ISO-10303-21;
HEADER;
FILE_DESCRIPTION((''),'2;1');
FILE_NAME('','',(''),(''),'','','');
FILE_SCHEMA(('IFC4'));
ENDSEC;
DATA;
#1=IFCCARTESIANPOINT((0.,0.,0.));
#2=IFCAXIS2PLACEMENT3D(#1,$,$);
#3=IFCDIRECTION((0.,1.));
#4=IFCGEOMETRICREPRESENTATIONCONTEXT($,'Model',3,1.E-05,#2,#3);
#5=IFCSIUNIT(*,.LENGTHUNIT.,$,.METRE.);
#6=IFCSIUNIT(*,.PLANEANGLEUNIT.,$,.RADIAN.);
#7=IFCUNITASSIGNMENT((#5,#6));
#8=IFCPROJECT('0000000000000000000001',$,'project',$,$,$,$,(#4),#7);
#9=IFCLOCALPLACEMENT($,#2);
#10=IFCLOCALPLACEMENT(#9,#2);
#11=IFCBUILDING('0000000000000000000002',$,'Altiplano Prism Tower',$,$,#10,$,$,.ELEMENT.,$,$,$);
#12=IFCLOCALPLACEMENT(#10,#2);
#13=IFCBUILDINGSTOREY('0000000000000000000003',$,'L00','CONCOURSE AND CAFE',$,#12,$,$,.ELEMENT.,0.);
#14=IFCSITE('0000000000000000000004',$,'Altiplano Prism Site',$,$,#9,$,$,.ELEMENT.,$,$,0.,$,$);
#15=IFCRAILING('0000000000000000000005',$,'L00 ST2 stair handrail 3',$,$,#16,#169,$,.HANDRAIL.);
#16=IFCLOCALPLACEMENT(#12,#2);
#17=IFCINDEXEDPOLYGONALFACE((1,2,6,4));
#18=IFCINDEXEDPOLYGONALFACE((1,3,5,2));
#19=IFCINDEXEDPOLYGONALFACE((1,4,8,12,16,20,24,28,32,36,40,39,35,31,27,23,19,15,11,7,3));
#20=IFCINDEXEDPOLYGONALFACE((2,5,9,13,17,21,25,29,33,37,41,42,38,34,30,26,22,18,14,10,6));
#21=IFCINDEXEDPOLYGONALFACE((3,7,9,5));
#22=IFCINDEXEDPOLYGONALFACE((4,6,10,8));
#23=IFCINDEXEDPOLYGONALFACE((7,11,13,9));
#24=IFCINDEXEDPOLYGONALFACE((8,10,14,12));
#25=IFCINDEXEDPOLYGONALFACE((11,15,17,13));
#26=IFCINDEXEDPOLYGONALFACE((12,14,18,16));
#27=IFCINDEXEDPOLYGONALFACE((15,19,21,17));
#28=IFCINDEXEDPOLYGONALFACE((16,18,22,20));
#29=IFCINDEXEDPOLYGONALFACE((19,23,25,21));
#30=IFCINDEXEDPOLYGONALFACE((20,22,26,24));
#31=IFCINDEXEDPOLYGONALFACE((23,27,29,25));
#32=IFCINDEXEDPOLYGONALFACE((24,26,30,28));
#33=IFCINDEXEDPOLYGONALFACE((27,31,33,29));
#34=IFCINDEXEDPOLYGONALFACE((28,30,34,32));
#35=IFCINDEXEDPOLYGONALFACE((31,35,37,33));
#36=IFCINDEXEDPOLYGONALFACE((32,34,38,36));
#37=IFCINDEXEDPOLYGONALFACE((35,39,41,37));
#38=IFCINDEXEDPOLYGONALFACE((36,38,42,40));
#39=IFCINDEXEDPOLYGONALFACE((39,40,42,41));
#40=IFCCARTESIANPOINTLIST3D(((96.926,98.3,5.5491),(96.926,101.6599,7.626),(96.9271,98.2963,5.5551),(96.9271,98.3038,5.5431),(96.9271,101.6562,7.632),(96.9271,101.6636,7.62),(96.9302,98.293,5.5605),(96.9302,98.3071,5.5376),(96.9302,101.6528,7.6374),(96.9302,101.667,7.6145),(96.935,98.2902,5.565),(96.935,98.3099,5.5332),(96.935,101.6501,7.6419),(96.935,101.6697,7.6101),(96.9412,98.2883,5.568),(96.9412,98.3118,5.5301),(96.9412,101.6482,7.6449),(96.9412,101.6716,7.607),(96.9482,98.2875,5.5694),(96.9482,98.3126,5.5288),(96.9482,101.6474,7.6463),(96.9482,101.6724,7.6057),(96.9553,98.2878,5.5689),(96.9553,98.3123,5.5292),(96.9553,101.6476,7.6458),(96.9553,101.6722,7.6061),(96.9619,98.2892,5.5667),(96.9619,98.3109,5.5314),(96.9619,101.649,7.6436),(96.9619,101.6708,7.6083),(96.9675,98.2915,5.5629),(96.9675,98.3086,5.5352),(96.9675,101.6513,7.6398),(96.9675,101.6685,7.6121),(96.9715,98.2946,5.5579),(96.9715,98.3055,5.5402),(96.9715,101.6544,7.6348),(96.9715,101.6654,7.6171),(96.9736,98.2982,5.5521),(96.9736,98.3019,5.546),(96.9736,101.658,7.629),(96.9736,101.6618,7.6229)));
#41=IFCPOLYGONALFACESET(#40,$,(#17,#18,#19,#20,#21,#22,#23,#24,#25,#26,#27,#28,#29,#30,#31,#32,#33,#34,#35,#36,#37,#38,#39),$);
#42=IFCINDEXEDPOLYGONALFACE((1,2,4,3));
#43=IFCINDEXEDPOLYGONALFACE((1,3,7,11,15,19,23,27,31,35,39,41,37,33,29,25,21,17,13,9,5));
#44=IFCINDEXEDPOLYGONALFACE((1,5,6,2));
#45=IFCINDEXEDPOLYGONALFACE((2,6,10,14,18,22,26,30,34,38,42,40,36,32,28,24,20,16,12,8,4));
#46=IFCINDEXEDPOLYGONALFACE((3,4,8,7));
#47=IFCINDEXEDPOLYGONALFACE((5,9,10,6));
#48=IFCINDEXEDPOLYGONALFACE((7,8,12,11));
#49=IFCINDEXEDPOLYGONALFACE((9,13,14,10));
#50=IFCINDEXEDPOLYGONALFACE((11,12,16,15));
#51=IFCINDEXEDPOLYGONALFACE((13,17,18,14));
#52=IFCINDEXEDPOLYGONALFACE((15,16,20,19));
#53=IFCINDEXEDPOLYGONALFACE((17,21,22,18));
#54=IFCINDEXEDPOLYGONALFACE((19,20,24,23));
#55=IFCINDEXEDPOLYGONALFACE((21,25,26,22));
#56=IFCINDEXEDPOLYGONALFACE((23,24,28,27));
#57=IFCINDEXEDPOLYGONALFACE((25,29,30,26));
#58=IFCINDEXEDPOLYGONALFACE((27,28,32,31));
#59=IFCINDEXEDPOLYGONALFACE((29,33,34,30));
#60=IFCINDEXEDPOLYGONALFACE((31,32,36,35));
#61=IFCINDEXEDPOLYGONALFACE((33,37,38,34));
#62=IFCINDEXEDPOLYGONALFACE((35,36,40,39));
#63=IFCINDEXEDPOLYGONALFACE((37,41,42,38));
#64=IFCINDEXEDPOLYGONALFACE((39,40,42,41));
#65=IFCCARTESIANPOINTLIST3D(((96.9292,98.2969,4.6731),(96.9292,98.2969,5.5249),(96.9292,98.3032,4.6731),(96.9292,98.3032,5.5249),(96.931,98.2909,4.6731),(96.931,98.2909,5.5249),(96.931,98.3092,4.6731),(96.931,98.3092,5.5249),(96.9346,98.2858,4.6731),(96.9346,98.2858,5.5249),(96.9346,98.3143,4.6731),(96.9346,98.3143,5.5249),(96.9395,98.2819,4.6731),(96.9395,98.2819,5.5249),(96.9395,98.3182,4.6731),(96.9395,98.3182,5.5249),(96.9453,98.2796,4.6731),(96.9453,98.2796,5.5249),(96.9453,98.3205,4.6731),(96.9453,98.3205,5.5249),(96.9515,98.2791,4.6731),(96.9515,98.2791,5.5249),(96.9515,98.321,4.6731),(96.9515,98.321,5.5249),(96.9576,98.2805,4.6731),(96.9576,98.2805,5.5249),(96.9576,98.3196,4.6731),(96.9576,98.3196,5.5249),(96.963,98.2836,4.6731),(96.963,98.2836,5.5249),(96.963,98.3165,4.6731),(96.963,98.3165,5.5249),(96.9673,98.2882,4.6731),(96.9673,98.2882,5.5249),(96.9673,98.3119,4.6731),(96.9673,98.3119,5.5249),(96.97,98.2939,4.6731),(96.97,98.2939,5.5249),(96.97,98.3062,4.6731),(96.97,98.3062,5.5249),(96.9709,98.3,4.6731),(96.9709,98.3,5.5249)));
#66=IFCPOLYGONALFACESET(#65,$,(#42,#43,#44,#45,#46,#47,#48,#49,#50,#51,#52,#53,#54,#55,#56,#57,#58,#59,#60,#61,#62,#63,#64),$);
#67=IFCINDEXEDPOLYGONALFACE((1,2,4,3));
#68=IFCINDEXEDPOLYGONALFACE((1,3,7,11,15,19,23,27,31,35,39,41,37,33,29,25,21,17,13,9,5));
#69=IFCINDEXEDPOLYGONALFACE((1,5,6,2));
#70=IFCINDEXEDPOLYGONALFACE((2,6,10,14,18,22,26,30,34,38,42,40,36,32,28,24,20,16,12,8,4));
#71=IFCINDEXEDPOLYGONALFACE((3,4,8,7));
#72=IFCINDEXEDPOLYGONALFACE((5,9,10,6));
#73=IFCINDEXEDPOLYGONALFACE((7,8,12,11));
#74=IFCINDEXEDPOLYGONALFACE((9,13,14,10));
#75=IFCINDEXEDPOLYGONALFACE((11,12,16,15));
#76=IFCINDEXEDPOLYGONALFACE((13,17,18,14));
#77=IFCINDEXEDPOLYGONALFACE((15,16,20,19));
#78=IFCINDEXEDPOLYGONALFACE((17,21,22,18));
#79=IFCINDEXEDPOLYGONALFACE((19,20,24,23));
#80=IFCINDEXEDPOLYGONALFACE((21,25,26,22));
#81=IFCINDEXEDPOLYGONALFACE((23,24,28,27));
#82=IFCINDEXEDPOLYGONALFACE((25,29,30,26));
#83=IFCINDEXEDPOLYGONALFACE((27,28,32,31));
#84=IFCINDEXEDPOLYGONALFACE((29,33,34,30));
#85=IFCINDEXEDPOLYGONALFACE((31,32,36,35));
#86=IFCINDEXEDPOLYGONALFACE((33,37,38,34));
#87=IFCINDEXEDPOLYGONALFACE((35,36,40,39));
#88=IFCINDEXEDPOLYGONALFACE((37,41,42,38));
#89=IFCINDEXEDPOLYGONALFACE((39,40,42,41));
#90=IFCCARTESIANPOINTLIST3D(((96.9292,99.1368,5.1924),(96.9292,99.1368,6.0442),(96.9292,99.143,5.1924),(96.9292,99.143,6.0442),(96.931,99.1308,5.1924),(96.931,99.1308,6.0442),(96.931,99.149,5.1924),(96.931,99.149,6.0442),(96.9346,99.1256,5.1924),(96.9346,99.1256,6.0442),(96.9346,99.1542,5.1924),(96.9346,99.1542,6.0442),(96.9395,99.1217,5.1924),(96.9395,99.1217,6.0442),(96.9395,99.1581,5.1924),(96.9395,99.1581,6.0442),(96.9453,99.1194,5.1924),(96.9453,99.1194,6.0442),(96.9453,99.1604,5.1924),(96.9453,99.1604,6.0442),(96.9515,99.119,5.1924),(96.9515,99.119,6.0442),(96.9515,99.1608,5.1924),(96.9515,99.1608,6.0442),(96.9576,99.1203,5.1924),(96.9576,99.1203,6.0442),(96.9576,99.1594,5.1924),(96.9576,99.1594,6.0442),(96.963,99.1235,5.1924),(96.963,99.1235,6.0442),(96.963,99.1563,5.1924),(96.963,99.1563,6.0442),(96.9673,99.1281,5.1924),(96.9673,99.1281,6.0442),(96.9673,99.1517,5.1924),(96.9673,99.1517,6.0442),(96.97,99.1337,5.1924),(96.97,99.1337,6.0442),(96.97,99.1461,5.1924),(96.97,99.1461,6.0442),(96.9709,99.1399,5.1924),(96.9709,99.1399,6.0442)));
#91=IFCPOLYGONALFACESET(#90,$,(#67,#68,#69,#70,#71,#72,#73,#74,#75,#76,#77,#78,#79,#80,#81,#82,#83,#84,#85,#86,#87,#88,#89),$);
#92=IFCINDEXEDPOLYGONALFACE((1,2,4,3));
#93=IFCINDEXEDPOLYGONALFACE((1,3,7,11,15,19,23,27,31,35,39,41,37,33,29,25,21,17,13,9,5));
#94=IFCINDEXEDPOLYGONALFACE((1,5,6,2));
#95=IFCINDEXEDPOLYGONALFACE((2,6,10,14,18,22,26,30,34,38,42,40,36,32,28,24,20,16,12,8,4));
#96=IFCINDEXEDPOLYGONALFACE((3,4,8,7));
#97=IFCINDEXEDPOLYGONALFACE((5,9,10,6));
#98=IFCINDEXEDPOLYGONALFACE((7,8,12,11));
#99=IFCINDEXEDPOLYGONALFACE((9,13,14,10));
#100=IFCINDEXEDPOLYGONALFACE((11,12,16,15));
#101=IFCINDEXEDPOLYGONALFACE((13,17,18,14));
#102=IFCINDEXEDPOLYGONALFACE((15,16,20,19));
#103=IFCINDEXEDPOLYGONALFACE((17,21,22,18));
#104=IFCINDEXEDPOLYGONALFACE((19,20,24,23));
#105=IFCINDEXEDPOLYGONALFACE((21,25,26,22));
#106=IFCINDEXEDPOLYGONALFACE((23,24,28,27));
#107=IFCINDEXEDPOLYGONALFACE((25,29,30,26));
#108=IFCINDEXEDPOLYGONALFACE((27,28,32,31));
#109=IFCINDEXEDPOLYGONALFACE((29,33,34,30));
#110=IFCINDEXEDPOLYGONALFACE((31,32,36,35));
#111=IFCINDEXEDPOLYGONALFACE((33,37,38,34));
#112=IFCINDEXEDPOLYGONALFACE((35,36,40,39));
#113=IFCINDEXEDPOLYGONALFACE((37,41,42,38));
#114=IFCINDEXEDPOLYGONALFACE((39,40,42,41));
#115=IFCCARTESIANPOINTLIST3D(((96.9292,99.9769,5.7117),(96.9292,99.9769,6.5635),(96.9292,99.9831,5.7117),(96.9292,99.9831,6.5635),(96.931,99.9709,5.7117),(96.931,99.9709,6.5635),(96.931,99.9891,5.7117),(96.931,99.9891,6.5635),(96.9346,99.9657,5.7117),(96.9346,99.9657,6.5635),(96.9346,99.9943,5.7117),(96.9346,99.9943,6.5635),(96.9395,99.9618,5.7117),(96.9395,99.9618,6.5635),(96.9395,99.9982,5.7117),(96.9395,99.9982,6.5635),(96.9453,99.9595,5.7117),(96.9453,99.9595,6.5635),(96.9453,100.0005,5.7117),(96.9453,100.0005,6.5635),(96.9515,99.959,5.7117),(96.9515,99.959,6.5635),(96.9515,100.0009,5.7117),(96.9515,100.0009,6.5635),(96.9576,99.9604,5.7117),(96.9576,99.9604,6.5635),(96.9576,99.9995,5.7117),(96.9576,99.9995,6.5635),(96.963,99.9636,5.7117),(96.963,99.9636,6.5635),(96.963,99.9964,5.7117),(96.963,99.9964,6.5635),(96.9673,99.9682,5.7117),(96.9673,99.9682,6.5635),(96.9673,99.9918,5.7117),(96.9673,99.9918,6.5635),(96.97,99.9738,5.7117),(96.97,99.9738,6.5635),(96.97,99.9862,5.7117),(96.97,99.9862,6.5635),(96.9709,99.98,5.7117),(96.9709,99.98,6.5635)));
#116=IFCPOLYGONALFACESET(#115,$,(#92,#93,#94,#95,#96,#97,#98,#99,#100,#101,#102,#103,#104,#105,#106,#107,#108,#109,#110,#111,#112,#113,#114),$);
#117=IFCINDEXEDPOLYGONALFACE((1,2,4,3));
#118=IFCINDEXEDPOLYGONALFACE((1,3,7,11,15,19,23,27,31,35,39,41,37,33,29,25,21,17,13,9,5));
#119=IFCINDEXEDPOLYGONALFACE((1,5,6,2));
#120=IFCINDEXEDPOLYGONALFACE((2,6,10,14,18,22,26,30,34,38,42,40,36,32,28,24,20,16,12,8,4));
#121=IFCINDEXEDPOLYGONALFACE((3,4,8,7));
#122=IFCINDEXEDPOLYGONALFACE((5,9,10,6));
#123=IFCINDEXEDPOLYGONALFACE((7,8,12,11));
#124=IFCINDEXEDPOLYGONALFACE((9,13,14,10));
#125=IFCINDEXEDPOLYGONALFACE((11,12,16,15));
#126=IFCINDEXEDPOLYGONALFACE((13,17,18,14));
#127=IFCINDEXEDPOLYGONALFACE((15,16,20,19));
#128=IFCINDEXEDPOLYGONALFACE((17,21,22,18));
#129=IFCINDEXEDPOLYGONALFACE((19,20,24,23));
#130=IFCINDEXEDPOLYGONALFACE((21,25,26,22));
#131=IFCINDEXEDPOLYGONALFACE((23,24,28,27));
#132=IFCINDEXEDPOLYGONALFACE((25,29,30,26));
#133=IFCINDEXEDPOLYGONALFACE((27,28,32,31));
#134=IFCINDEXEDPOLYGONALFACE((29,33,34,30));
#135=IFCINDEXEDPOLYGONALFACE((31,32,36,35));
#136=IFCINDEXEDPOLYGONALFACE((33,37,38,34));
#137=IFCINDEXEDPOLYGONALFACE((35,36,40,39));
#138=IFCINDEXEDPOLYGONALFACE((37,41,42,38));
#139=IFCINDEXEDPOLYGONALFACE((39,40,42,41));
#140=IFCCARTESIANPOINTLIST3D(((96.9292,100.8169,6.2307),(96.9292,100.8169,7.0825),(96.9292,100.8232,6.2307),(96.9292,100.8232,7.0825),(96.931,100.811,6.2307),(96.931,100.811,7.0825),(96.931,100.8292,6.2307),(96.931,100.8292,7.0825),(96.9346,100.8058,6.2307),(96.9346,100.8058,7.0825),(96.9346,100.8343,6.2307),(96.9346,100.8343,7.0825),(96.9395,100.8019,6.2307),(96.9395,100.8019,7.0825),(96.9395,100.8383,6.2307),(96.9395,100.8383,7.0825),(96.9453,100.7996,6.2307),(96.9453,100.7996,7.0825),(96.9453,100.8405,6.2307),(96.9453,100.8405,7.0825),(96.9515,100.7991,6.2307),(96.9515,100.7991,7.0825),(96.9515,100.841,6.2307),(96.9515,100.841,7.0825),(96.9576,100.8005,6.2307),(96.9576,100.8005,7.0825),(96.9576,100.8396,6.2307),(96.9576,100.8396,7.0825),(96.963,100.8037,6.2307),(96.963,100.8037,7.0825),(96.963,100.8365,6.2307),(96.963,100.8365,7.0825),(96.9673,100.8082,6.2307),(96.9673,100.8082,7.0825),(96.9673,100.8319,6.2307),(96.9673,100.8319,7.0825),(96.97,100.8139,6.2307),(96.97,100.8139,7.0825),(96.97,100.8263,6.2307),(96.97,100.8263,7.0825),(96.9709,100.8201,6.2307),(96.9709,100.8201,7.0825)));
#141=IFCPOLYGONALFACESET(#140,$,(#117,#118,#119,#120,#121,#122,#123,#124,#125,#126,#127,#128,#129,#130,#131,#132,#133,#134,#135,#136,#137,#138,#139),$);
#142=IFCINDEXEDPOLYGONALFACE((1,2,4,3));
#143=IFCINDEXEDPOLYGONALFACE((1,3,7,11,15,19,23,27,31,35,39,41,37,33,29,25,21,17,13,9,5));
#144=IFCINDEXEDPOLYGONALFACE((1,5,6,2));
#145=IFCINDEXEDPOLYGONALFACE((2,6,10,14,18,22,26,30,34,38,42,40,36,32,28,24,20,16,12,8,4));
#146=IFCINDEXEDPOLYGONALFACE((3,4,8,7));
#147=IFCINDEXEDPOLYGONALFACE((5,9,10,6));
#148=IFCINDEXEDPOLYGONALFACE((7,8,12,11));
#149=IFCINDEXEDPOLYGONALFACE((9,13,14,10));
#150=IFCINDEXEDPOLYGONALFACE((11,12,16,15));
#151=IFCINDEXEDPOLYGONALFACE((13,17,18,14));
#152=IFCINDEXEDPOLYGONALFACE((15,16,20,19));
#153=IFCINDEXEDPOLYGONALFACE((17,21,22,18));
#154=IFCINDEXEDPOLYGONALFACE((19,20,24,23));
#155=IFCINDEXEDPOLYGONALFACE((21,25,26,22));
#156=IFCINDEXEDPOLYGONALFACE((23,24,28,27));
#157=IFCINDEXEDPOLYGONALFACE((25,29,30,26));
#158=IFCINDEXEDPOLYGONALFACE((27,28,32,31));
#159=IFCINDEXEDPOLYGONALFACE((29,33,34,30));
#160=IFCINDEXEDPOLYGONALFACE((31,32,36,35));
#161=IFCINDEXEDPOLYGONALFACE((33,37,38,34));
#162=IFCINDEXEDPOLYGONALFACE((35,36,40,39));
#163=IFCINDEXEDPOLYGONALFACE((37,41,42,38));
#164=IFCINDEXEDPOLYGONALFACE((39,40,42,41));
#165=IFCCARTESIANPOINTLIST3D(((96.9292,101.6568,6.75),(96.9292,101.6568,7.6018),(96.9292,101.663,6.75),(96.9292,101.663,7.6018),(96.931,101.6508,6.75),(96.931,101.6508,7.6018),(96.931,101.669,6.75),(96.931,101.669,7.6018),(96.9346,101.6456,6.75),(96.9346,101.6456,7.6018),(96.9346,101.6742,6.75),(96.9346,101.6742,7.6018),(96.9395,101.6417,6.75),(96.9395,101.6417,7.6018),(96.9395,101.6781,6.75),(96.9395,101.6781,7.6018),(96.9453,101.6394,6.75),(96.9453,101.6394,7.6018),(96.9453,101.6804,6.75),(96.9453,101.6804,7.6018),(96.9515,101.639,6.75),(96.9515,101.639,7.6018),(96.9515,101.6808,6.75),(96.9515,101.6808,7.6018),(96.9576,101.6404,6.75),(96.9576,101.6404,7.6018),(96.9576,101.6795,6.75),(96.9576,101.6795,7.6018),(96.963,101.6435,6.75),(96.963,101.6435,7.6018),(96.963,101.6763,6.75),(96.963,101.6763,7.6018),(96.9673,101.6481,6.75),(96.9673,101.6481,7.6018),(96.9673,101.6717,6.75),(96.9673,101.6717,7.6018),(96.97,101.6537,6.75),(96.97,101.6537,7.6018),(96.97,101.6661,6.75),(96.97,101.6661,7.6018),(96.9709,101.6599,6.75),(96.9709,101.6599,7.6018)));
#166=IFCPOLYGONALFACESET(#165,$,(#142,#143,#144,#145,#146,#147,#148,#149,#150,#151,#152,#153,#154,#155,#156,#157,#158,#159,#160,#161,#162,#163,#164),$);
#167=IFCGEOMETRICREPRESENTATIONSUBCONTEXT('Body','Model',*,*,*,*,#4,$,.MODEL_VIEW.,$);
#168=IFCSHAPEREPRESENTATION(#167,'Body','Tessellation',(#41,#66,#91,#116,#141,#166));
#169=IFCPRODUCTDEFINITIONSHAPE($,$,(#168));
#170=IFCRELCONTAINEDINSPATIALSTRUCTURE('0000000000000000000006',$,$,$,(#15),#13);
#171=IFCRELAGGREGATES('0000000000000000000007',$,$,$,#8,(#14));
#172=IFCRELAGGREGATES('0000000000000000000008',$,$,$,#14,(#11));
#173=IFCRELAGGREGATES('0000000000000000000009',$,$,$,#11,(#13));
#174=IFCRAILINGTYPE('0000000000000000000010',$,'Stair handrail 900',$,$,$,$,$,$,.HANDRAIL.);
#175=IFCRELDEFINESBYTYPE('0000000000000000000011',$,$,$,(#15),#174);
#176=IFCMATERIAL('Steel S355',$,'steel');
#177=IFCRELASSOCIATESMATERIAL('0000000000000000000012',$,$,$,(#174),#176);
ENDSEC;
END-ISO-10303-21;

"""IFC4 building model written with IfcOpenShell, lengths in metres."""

from ifc_helpers import new_model, si_unit, direction, frame, origin, origin_2d, place, context, subcontext, project, spatial, circle, extrude, material, type_object, element, save


model = new_model("IFC4")

# Units and contexts
model_context = context("Model", 3, precision=1e-05, world=origin(), true_north=direction((0.0, 1.0)))
body_context = subcontext(model_context, "Body", "Model", "MODEL_VIEW")
ifc_project = project(units=[si_unit("LENGTHUNIT", "METRE"), si_unit("PLANEANGLEUNIT", "RADIAN")], contexts=[model_context])

# Site, building, storey
site_placement = place(None, origin())
site = spatial("IfcSite", under=ifc_project, at=site_placement, Name="Altiplano Prism Site", CompositionType="ELEMENT", RefElevation=0.0)
building_placement = place(site_placement, origin())
building = spatial("IfcBuilding", under=site, at=building_placement, Name="Altiplano Prism Tower", CompositionType="ELEMENT")
storey_placement = place(building_placement, origin())
storey = spatial("IfcBuildingStorey", under=building, at=storey_placement, Name="L00", Description="CONCOURSE AND CAFE", CompositionType="ELEMENT", Elevation=0.0)

# Railing
ifc_material_1 = material(Name="Steel S355", Category="steel")
railing_type_1 = type_object("IfcRailingType", Name="Stair handrail 900", PredefinedType="HANDRAIL", material=ifc_material_1)
railing_1_placement = place(storey_placement, frame((96.95, 98.3, 4.6731)))
element("IfcRailing", 1, at=railing_1_placement, inside=storey, type_object=railing_type_1, Name="L00 ST2 stair handrail 3", PredefinedType="HANDRAIL", context=body_context, shape_type="SweptSolid", body=[
    extrude(circle(Radius=0.0239, at=origin_2d()), frame((0.0, 0.0, 0.876), z_axis=(0.0, 0.850606, 0.525803), x_axis=(-1.0, 0.0, 0.0)), (0.0, 0.0, 1.0), 3.95),
    extrude(circle(Radius=0.021, at=origin_2d()), origin(), (0.0, 0.0, 1.0), 0.8518),
    extrude(circle(Radius=0.021, at=origin_2d()), frame((0.0, 0.8398, 0.5193)), (0.0, 0.0, 1.0), 0.8518),
    extrude(circle(Radius=0.021, at=origin_2d()), frame((0.0, 1.6799, 1.0386)), (0.0, 0.0, 1.0), 0.8518),
    extrude(circle(Radius=0.021, at=origin_2d()), frame((0.0, 2.52, 1.5576)), (0.0, 0.0, 1.0), 0.8518),
    extrude(circle(Radius=0.021, at=origin_2d()), frame((0.0, 3.3599, 2.0769)), (0.0, 0.0, 1.0), 0.8518),
])

save(model, "model.ifc")
